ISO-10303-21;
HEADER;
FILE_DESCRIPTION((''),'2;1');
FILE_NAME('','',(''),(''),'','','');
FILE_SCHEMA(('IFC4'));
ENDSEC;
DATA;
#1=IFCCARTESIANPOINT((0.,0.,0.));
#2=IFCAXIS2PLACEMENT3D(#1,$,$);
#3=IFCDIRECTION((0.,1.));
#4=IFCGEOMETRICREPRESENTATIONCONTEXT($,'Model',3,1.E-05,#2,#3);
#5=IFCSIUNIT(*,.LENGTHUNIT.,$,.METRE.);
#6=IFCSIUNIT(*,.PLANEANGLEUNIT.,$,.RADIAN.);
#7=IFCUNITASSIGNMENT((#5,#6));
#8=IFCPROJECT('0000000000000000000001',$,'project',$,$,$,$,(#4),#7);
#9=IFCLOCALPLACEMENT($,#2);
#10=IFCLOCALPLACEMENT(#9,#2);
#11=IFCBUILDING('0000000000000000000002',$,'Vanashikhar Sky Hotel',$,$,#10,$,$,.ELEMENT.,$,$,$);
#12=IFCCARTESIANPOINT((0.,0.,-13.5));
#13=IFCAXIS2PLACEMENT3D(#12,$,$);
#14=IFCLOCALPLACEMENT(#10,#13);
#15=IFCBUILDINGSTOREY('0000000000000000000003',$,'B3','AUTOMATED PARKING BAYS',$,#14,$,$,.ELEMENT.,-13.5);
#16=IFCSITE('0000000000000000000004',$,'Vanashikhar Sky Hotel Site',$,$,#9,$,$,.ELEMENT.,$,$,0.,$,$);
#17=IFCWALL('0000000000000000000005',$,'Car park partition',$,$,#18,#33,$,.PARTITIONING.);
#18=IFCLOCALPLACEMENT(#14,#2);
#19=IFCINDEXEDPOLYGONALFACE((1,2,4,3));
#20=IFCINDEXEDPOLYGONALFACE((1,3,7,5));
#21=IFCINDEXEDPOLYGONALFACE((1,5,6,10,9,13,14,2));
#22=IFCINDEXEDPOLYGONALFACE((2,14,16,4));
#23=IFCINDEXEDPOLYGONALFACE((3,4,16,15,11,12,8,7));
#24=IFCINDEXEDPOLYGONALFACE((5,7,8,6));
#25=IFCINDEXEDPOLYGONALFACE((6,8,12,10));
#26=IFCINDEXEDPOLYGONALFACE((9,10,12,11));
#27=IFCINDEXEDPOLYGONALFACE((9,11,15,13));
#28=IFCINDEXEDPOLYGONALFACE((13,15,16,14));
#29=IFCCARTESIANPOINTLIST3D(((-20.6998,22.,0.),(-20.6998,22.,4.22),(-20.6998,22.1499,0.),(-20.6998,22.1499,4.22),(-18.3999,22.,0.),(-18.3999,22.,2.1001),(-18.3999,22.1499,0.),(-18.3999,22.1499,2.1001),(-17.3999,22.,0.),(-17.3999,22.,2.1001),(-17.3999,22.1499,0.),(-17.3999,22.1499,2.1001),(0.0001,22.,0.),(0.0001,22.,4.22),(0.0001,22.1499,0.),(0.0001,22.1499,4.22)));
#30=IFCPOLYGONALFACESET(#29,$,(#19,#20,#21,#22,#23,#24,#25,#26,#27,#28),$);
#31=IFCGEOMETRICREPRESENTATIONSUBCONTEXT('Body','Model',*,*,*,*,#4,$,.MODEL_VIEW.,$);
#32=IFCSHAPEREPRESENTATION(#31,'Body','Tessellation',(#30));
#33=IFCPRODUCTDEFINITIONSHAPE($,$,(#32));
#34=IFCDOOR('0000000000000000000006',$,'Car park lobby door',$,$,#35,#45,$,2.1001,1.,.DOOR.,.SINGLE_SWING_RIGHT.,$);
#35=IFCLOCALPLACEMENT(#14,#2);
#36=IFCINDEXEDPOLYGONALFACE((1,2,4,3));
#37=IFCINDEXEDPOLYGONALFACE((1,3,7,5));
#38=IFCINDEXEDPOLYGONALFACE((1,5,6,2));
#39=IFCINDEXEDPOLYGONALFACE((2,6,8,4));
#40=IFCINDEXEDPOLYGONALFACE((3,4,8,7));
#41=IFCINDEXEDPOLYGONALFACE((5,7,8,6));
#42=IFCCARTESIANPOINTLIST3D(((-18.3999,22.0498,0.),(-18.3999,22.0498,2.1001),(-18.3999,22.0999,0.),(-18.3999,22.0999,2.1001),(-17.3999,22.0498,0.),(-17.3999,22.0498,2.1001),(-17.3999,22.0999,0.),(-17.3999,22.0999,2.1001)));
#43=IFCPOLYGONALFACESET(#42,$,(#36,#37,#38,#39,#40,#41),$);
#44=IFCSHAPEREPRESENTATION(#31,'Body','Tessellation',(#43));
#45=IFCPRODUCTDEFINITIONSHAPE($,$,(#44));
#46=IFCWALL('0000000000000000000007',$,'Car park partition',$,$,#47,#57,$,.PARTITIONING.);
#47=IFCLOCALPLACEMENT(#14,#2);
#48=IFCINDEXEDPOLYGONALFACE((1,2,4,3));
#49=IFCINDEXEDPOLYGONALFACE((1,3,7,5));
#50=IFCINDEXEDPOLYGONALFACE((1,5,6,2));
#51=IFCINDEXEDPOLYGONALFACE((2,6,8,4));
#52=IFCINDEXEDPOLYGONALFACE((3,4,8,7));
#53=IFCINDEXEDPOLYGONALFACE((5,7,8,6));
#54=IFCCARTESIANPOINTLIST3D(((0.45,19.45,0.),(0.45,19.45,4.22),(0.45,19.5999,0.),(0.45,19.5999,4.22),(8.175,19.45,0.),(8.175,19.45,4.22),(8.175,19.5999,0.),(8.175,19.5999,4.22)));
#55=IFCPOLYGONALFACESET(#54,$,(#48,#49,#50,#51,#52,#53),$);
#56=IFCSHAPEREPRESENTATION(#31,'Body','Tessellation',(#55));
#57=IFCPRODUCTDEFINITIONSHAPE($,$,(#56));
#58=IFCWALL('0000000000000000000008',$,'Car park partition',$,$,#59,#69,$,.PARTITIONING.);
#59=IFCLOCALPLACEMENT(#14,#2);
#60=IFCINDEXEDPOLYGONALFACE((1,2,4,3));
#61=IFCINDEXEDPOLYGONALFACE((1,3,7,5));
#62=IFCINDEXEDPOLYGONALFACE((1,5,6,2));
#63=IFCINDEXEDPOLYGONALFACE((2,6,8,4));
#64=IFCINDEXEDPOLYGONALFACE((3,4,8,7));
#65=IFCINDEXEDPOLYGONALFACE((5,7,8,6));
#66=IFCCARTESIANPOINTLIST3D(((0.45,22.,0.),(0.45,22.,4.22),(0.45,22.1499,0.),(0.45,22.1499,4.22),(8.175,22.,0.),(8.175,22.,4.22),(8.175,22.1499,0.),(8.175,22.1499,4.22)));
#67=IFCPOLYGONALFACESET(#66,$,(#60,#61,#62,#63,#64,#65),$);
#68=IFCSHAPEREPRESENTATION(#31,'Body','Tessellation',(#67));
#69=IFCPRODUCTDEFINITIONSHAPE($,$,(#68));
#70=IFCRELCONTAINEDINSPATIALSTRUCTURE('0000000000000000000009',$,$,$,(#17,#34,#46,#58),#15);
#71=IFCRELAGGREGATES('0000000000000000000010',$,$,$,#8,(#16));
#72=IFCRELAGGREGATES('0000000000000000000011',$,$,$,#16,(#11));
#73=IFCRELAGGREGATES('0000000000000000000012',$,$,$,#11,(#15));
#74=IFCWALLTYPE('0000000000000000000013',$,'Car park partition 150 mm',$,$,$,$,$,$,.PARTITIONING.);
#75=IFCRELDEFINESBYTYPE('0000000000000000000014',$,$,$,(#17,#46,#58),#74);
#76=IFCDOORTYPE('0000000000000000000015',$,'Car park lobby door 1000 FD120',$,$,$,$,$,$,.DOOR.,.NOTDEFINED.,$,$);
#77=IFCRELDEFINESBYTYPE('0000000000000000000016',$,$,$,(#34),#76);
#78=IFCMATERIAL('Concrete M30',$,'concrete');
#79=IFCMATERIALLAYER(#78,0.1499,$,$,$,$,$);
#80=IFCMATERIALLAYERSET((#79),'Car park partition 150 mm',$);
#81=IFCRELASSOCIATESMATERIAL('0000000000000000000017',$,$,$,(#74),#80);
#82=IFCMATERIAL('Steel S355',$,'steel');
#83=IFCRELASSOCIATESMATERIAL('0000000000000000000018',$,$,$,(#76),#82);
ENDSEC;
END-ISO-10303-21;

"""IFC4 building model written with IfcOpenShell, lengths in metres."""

from ifc_helpers import new_model, si_unit, direction, frame, frame_2d, origin, place, context, subcontext, project, spatial, rectangle, extrude, source, transform, mapped, material, layer, layer_set, type_object, element, fill, save


model = new_model("IFC4")

# Units and contexts
model_context = context("Model", 3, precision=1e-05, world=origin(), true_north=direction((0.0, 1.0)))
body_context = subcontext(model_context, "Body", "Model", "MODEL_VIEW")
ifc_project = project(units=[si_unit("LENGTHUNIT", "METRE"), si_unit("PLANEANGLEUNIT", "RADIAN")], contexts=[model_context])

# Site, building, storey
site_placement = place(None, origin())
site = spatial("IfcSite", under=ifc_project, at=site_placement, Name="Vanashikhar Sky Hotel Site", CompositionType="ELEMENT", RefElevation=0.0)
building_placement = place(site_placement, origin())
building = spatial("IfcBuilding", under=site, at=building_placement, Name="Vanashikhar Sky Hotel", CompositionType="ELEMENT")
storey_placement = place(building_placement, frame((0.0, 0.0, -13.5)))
storey = spatial("IfcBuildingStorey", under=building, at=storey_placement, Name="B3", Description="AUTOMATED PARKING BAYS", CompositionType="ELEMENT", Elevation=-13.5)

# Wall, opening, door
ifc_material_1 = material(Name="Concrete M30", Category="concrete")
ifc_layer_1 = layer(ifc_material_1, 0.1499)
ifc_layer_set_1 = layer_set([ifc_layer_1], Name="Car park partition 150 mm")
wall_type_1 = type_object("IfcWallType", Name="Car park partition 150 mm", PredefinedType="PARTITIONING", material=ifc_layer_set_1)
shared_shape_1 = source(origin(), body_context, "Body", "SweptSolid", [
    extrude(rectangle(XDim=1.0, YDim=2.1001, at=frame_2d((0.5, 1.05))), frame((0.0, 0.085, 0.0), z_axis=(0.0, -1.0, 0.0), x_axis=(1.0, 0.0, 0.0)), (0.0, 0.0, 1.0), 0.1699),
])
ifc_material_2 = material(Name="Steel S355", Category="steel")
door_type = type_object("IfcDoorType", Name="Car park lobby door 1000 FD120", OperationType="NOTDEFINED", PredefinedType="DOOR", material=ifc_material_2)
shared_shape_2 = source(origin(), body_context, "Body", "SweptSolid", [
    extrude(rectangle(XDim=1.0, YDim=2.1001, at=frame_2d((0.5, 1.05))), frame((0.0, 0.0249, 0.0), z_axis=(0.0, -1.0, 0.0), x_axis=(1.0, 0.0, 0.0)), (0.0, 0.0, 1.0), 0.05),
])
shared_shape_3 = source(origin(), body_context, "Body", "SweptSolid", [
    extrude(rectangle(XDim=20.7, YDim=0.1499, at=frame_2d((10.3501, 0.0))), origin(), (0.0, 0.0, 1.0), 4.22),
])
wall_1_placement = place(storey_placement, frame((-20.7, 22.075, 0.0), z_axis=(0.0, 0.0, 1.0), x_axis=(1.0, 0.0, 0.0)))
wall_1 = element("IfcWall", 1, at=wall_1_placement, inside=storey, type_object=wall_type_1, Name="Car park partition", PredefinedType="PARTITIONING", context=body_context, shape_type="MappedRepresentation", body=[
    mapped(shared_shape_3, transform((0.0, 0.0, 0.0), scale=1.0)),
])
opening_1_placement = place(wall_1_placement, frame((2.3, 0.0, 0.0)))
opening_1 = element("IfcOpeningElement", 2, at=opening_1_placement, cuts=wall_1, PredefinedType="OPENING", context=body_context, shape_type="MappedRepresentation", body=[
    mapped(shared_shape_1, transform((0.0, 0.0, 0.0), scale=1.0)),
])
door_1_placement = place(opening_1_placement, origin())
door_1 = element("IfcDoor", 3, at=door_1_placement, inside=storey, type_object=door_type, Name="Car park lobby door", OperationType="SINGLE_SWING_RIGHT", OverallHeight=2.1001, OverallWidth=1.0, PredefinedType="DOOR", context=body_context, shape_type="MappedRepresentation", body=[
    mapped(shared_shape_2, transform((0.0, 0.0, 0.0), scale=1.0)),
])
fill(opening_1, door_1)

# Walls
shared_shape_4 = source(origin(), body_context, "Body", "SweptSolid", [
    extrude(rectangle(XDim=7.7251, YDim=0.1499, at=frame_2d((3.8625, 0.0))), origin(), (0.0, 0.0, 1.0), 4.22),
])
for number, where, z_axis, x_axis, name in (
    (4, (0.45, 19.5249, 0.0), (0.0, 0.0, 1.0), (1.0, 0.0, 0.0), "Car park partition"),
    (5, (0.45, 22.075, 0.0), (0.0, 0.0, 1.0), (1.0, 0.0, 0.0), "Car park partition"),
):
    element("IfcWall", number, at=place(storey_placement, frame(where, z_axis=z_axis, x_axis=x_axis)), inside=storey, type_object=wall_type_1, Name=name, PredefinedType="PARTITIONING", context=body_context, shape_type="MappedRepresentation", body=[
        mapped(shared_shape_4, transform((0.0, 0.0, 0.0), scale=1.0)),
    ])

save(model, "model.ifc")
